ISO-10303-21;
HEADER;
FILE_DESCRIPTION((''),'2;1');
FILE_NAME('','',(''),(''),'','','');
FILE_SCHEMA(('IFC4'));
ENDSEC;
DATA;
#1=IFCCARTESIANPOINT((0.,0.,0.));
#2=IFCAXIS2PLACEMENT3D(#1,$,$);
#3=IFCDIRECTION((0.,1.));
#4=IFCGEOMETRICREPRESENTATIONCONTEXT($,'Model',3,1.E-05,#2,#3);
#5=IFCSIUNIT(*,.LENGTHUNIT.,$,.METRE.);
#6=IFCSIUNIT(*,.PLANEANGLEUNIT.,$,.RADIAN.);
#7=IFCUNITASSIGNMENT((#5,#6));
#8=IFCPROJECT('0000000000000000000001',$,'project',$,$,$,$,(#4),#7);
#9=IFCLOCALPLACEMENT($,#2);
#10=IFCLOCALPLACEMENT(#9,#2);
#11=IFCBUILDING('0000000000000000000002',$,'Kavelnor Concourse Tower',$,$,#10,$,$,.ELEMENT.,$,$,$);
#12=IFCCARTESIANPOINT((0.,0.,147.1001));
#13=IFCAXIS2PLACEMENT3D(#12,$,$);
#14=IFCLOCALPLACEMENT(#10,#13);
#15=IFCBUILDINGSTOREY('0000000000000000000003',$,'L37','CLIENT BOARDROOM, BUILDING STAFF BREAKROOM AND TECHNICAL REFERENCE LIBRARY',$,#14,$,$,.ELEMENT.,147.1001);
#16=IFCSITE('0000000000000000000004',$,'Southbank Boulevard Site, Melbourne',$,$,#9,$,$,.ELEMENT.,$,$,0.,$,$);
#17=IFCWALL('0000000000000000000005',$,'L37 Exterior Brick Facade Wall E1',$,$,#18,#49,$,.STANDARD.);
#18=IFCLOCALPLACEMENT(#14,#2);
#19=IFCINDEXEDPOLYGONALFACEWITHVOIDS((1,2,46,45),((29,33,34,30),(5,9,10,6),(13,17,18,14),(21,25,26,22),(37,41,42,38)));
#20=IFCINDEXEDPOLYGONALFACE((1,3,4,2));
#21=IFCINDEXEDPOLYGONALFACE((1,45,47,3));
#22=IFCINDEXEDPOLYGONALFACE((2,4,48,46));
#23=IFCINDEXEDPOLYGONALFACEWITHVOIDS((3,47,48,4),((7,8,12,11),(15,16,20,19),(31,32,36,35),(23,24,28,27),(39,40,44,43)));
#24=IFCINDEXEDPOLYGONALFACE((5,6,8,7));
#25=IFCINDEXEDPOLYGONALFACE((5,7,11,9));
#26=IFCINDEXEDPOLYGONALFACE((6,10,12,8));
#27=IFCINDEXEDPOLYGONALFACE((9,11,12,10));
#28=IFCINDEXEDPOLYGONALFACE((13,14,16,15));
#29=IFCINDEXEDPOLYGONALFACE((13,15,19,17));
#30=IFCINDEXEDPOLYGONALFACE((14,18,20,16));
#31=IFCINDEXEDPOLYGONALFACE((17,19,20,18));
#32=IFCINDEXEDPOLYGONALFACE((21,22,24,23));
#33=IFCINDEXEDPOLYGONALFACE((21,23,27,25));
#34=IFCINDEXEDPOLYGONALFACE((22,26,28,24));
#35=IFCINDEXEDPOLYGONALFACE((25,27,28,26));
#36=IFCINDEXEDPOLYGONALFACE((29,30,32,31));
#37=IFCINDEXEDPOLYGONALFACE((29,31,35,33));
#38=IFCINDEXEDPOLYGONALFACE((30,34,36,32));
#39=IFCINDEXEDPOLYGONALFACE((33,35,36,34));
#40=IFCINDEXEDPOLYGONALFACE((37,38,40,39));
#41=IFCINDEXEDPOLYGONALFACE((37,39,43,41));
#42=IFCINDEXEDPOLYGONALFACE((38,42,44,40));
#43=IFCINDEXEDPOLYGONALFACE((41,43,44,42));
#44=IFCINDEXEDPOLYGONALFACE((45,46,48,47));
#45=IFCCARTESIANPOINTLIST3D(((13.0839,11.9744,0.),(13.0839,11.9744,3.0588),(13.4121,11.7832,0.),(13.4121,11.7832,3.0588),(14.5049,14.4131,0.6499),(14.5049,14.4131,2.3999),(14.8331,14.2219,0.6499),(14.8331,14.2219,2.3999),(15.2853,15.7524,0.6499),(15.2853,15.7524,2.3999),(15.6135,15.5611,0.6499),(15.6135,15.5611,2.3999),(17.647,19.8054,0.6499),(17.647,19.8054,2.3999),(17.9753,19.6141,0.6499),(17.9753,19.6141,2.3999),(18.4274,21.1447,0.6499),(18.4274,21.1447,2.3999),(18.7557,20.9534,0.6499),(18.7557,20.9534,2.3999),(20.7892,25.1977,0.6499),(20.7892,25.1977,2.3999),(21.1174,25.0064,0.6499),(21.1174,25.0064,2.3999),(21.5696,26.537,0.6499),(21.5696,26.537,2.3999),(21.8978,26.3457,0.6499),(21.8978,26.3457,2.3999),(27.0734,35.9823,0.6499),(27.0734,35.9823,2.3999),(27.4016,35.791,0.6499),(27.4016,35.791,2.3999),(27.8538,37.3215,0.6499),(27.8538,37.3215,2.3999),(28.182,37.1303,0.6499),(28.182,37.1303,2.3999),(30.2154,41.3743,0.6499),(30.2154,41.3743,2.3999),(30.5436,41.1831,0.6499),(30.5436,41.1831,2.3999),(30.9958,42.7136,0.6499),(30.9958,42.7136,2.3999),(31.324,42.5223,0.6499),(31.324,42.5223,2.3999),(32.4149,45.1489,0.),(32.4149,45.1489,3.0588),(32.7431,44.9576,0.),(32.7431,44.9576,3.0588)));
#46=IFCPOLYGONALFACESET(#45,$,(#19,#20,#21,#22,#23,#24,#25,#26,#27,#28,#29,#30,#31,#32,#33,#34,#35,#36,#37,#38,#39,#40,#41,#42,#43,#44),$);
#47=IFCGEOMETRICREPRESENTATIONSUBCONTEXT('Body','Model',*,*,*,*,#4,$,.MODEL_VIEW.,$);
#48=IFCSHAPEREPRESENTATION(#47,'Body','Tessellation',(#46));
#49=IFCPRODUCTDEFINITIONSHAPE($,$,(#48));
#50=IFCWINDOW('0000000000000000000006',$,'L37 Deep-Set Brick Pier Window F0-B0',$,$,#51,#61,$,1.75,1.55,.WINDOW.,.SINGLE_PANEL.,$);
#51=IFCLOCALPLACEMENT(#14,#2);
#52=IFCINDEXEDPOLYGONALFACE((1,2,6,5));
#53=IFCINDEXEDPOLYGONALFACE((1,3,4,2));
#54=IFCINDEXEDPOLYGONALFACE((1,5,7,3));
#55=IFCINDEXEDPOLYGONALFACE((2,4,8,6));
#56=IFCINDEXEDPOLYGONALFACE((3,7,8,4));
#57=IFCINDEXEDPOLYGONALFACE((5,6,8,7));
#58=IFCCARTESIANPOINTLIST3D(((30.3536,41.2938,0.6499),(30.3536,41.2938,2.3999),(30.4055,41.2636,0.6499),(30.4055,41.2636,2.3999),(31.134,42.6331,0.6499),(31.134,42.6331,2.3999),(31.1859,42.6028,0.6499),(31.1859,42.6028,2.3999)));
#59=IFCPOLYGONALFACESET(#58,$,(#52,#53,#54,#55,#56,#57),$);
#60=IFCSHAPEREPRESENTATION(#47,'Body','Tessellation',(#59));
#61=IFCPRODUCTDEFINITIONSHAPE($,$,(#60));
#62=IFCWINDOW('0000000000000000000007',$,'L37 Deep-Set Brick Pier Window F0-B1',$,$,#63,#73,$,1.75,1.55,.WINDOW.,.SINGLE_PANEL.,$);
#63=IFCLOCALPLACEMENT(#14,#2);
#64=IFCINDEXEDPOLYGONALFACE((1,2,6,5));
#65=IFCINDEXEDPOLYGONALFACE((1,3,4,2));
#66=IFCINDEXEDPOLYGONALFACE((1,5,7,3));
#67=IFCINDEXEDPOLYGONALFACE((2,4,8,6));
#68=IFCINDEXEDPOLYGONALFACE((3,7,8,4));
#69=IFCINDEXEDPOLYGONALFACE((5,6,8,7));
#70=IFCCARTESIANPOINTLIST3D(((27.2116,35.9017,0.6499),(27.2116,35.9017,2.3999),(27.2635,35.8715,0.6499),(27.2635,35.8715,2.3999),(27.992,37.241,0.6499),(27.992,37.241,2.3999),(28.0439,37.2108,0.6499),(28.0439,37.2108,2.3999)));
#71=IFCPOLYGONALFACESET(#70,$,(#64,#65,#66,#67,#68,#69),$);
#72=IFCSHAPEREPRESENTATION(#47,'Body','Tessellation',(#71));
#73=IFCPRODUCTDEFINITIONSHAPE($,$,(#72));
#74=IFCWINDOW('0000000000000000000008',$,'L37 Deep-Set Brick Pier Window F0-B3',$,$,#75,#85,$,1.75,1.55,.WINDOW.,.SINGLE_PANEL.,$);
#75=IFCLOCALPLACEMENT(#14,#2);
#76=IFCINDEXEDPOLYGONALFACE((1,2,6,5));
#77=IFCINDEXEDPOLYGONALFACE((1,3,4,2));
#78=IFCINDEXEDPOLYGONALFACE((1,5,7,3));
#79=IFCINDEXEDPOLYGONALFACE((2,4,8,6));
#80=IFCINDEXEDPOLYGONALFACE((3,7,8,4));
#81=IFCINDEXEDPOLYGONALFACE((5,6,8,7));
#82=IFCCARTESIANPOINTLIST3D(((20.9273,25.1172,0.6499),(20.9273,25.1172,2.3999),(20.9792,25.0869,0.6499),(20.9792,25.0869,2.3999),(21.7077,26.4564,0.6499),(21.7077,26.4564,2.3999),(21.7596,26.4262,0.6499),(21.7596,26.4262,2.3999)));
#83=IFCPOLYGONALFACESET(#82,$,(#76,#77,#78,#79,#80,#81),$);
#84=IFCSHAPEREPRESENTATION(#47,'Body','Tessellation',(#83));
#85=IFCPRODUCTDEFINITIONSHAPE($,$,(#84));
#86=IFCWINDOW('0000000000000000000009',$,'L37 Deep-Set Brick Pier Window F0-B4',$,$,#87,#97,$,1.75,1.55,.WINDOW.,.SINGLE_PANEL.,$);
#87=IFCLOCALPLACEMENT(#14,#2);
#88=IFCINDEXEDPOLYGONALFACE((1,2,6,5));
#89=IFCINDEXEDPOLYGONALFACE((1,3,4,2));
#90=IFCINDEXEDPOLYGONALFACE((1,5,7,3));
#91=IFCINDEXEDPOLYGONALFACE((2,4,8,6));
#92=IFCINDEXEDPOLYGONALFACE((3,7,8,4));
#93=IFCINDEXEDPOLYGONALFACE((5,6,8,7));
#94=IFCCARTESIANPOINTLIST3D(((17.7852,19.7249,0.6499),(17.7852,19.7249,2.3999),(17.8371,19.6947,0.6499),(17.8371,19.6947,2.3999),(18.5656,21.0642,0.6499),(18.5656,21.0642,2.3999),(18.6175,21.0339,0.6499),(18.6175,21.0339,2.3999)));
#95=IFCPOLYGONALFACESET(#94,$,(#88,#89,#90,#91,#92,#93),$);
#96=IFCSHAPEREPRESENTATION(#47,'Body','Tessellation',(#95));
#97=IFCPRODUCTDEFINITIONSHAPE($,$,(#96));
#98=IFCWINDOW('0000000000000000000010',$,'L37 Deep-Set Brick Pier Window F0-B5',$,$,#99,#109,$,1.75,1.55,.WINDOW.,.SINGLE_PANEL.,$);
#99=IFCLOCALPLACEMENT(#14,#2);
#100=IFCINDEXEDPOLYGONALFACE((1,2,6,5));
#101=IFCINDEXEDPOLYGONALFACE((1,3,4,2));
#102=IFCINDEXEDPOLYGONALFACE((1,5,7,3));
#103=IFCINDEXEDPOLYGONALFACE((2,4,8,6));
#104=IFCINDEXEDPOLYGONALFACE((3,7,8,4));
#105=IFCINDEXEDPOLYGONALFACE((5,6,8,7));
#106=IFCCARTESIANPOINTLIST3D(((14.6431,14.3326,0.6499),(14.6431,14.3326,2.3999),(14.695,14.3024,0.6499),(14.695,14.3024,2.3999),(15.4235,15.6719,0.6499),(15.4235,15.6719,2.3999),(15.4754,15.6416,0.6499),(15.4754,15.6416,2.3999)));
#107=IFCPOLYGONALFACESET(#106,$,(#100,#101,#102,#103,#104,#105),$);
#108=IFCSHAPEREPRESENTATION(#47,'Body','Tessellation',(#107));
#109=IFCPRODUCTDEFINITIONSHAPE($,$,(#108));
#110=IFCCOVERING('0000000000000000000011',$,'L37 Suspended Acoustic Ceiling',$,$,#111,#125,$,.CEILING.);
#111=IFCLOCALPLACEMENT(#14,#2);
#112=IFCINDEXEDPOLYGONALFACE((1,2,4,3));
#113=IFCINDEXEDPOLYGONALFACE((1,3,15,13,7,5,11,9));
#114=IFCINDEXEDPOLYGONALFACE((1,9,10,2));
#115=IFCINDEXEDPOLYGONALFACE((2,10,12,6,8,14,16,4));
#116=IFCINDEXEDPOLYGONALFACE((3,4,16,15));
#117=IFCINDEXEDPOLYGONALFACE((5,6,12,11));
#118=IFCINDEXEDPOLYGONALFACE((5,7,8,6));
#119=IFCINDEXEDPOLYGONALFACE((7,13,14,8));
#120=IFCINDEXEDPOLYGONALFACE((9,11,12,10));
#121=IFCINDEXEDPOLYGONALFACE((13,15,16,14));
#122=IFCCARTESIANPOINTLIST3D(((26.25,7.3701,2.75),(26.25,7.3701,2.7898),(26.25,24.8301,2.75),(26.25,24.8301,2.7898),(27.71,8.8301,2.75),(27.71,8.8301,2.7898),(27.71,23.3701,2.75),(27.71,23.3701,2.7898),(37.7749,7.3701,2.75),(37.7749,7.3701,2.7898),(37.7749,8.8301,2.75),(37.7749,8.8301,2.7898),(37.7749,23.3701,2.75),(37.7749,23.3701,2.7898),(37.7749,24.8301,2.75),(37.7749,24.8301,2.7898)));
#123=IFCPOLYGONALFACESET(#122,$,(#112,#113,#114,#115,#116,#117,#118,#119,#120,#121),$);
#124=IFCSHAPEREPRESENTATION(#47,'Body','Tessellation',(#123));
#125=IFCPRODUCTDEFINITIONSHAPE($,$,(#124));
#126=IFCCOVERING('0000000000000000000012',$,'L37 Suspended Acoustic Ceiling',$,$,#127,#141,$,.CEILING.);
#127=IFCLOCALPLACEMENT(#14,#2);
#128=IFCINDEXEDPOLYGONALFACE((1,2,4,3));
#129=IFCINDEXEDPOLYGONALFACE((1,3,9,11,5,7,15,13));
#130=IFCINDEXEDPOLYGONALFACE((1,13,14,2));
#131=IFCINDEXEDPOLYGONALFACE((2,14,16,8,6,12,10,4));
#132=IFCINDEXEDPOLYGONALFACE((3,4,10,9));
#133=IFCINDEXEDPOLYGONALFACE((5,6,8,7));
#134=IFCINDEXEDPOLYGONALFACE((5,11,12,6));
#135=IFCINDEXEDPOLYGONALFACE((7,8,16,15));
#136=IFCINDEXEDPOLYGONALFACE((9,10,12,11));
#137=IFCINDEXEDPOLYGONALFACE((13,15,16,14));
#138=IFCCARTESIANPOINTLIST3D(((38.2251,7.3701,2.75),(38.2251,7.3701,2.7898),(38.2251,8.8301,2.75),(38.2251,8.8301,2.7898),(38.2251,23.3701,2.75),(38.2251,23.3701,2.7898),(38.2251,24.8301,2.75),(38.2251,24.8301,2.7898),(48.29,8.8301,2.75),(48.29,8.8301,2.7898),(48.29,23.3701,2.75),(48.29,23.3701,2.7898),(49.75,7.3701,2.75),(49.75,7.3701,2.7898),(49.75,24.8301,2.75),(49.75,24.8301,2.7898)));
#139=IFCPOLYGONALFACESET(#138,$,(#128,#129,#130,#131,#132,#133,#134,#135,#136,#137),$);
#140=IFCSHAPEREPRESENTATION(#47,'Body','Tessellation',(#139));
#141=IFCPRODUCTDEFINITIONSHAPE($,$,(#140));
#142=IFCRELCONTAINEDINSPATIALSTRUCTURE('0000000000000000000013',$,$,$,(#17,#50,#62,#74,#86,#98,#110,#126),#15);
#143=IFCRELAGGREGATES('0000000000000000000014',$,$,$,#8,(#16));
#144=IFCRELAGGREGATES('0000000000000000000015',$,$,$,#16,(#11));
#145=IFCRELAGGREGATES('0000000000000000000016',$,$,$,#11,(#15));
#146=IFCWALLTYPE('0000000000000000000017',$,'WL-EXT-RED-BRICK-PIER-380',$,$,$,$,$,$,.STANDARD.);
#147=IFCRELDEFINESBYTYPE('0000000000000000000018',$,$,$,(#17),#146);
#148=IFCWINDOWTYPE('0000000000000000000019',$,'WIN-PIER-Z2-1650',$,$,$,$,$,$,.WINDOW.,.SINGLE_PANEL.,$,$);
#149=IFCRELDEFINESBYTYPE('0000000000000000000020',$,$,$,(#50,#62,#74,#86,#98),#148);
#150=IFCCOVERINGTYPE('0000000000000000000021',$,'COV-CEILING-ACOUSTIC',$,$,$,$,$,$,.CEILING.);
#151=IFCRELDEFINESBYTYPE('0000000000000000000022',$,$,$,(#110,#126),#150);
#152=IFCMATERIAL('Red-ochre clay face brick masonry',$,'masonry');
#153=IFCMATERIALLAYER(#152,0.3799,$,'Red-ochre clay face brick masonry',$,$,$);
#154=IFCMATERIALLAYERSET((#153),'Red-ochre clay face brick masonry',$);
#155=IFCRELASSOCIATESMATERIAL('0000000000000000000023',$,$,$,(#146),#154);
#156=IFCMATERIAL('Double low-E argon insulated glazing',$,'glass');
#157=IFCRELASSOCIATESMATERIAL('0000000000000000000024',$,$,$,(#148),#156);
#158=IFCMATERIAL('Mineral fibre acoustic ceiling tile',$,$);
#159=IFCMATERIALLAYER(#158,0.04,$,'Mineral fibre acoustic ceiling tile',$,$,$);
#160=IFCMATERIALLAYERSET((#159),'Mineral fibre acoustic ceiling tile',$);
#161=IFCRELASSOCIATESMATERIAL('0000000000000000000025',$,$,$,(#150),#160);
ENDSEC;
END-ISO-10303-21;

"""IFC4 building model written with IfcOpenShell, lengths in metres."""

from ifc_helpers import new_model, si_unit, direction, frame, frame_2d, origin, place, context, subcontext, project, spatial, polyline, rectangle, outline, extrude, material, layer, layer_set, type_object, element, fill, save


model = new_model("IFC4")

# Units and contexts
model_context = context("Model", 3, precision=1e-05, world=origin(), true_north=direction((0.0, 1.0)))
body_context = subcontext(model_context, "Body", "Model", "MODEL_VIEW")
ifc_project = project(units=[si_unit("LENGTHUNIT", "METRE"), si_unit("PLANEANGLEUNIT", "RADIAN")], contexts=[model_context])

# Site, building, storey
site_placement = place(None, origin())
site = spatial("IfcSite", under=ifc_project, at=site_placement, Name="Southbank Boulevard Site, Melbourne", CompositionType="ELEMENT", RefElevation=0.0)
building_placement = place(site_placement, origin())
building = spatial("IfcBuilding", under=site, at=building_placement, Name="Kavelnor Concourse Tower", CompositionType="ELEMENT")
storey_placement = place(building_placement, frame((0.0, 0.0, 147.1001)))
storey = spatial("IfcBuildingStorey", under=building, at=storey_placement, Name="L37", Description="CLIENT BOARDROOM, BUILDING STAFF BREAKROOM AND TECHNICAL REFERENCE LIBRARY", CompositionType="ELEMENT", Elevation=147.1001)

# Wall, openings, windows
ifc_material_1 = material(Name="Red-ochre clay face brick masonry", Category="masonry")
ifc_layer_1 = layer(ifc_material_1, 0.3799, Name="Red-ochre clay face brick masonry")
ifc_layer_set_1 = layer_set([ifc_layer_1], Name="Red-ochre clay face brick masonry")
wall_type = type_object("IfcWallType", Name="WL-EXT-RED-BRICK-PIER-380", PredefinedType="STANDARD", material=ifc_layer_set_1)
wall_placement = place(storey_placement, frame((13.248, 11.8789, 0.0), z_axis=(0.0, 0.0, 1.0), x_axis=(0.503467, 0.864014, 0.0)))
wall = element("IfcWall", 1, at=wall_placement, inside=storey, type_object=wall_type, Name="L37 Exterior Brick Facade Wall E1", PredefinedType="STANDARD", context=body_context, shape_type="SweptSolid", body=[
    extrude(rectangle(XDim=38.3958, YDim=0.3799, at=frame_2d((19.1978, 0.0))), origin(), (0.0, 0.0, 1.0), 3.0588),
])
opening_1_placement = place(wall_placement, frame((34.0271, 0.0, 0.6499)))
opening_1 = element("IfcOpeningElement", 2, at=opening_1_placement, cuts=wall, PredefinedType="OPENING", context=body_context, shape_type="SweptSolid", body=[
    extrude(rectangle(XDim=1.55, YDim=1.75, at=frame_2d((0.7749, 0.875))), frame((0.0, 0.2, 0.0), z_axis=(0.0, -1.0, 0.0), x_axis=(1.0, 0.0, 0.0)), (0.0, 0.0, 1.0), 0.3999),
])
opening_2_placement = place(wall_placement, frame((27.7864, 0.0, 0.6499)))
opening_2 = element("IfcOpeningElement", 3, at=opening_2_placement, cuts=wall, PredefinedType="OPENING", context=body_context, shape_type="SweptSolid", body=[
    extrude(rectangle(XDim=1.55, YDim=1.75, at=frame_2d((0.7749, 0.875))), frame((0.0, 0.2, 0.0), z_axis=(0.0, -1.0, 0.0), x_axis=(1.0, 0.0, 0.0)), (0.0, 0.0, 1.0), 0.3999),
])
opening_3_placement = place(wall_placement, frame((15.3044, 0.0, 0.6499)))
opening_3 = element("IfcOpeningElement", 4, at=opening_3_placement, cuts=wall, PredefinedType="OPENING", context=body_context, shape_type="SweptSolid", body=[
    extrude(rectangle(XDim=1.55, YDim=1.75, at=frame_2d((0.7749, 0.875))), frame((0.0, 0.2, 0.0), z_axis=(0.0, -1.0, 0.0), x_axis=(1.0, 0.0, 0.0)), (0.0, 0.0, 1.0), 0.3999),
])
opening_4_placement = place(wall_placement, frame((9.0635, 0.0, 0.6499)))
opening_4 = element("IfcOpeningElement", 5, at=opening_4_placement, cuts=wall, PredefinedType="OPENING", context=body_context, shape_type="SweptSolid", body=[
    extrude(rectangle(XDim=1.55, YDim=1.75, at=frame_2d((0.7749, 0.875))), frame((0.0, 0.2, 0.0), z_axis=(0.0, -1.0, 0.0), x_axis=(1.0, 0.0, 0.0)), (0.0, 0.0, 1.0), 0.3999),
])
opening_5_placement = place(wall_placement, frame((2.8225, 0.0, 0.6499)))
opening_5 = element("IfcOpeningElement", 6, at=opening_5_placement, cuts=wall, PredefinedType="OPENING", context=body_context, shape_type="SweptSolid", body=[
    extrude(rectangle(XDim=1.55, YDim=1.75, at=frame_2d((0.7749, 0.875))), frame((0.0, 0.2, 0.0), z_axis=(0.0, -1.0, 0.0), x_axis=(1.0, 0.0, 0.0)), (0.0, 0.0, 1.0), 0.3999),
])
ifc_material_2 = material(Name="Double low-E argon insulated glazing", Category="glass")
window_type = type_object("IfcWindowType", Name="WIN-PIER-Z2-1650", PartitioningType="SINGLE_PANEL", PredefinedType="WINDOW", material=ifc_material_2)
window_1_placement = place(opening_1_placement, origin())
window_1 = element("IfcWindow", 7, at=window_1_placement, inside=storey, type_object=window_type, Name="L37 Deep-Set Brick Pier Window F0-B0", OverallHeight=1.75, OverallWidth=1.55, PartitioningType="SINGLE_PANEL", PredefinedType="WINDOW", context=body_context, shape_type="SweptSolid", body=[
    extrude(rectangle(XDim=1.55, YDim=1.75, at=frame_2d((0.7749, 0.875))), frame((0.0, 0.03, 0.0), z_axis=(0.0, -1.0, 0.0), x_axis=(1.0, 0.0, 0.0)), (0.0, 0.0, 1.0), 0.0601),
])
fill(opening_1, window_1)
window_2_placement = place(opening_2_placement, origin())
window_2 = element("IfcWindow", 8, at=window_2_placement, inside=storey, type_object=window_type, Name="L37 Deep-Set Brick Pier Window F0-B1", OverallHeight=1.75, OverallWidth=1.55, PartitioningType="SINGLE_PANEL", PredefinedType="WINDOW", context=body_context, shape_type="SweptSolid", body=[
    extrude(rectangle(XDim=1.55, YDim=1.75, at=frame_2d((0.7749, 0.875))), frame((0.0, 0.03, 0.0), z_axis=(0.0, -1.0, 0.0), x_axis=(1.0, 0.0, 0.0)), (0.0, 0.0, 1.0), 0.0601),
])
fill(opening_2, window_2)
window_3_placement = place(opening_3_placement, origin())
window_3 = element("IfcWindow", 9, at=window_3_placement, inside=storey, type_object=window_type, Name="L37 Deep-Set Brick Pier Window F0-B3", OverallHeight=1.75, OverallWidth=1.55, PartitioningType="SINGLE_PANEL", PredefinedType="WINDOW", context=body_context, shape_type="SweptSolid", body=[
    extrude(rectangle(XDim=1.55, YDim=1.75, at=frame_2d((0.7749, 0.875))), frame((0.0, 0.03, 0.0), z_axis=(0.0, -1.0, 0.0), x_axis=(1.0, 0.0, 0.0)), (0.0, 0.0, 1.0), 0.0601),
])
fill(opening_3, window_3)
window_4_placement = place(opening_4_placement, origin())
window_4 = element("IfcWindow", 10, at=window_4_placement, inside=storey, type_object=window_type, Name="L37 Deep-Set Brick Pier Window F0-B4", OverallHeight=1.75, OverallWidth=1.55, PartitioningType="SINGLE_PANEL", PredefinedType="WINDOW", context=body_context, shape_type="SweptSolid", body=[
    extrude(rectangle(XDim=1.55, YDim=1.75, at=frame_2d((0.7749, 0.875))), frame((0.0, 0.03, 0.0), z_axis=(0.0, -1.0, 0.0), x_axis=(1.0, 0.0, 0.0)), (0.0, 0.0, 1.0), 0.0601),
])
fill(opening_4, window_4)
window_5_placement = place(opening_5_placement, origin())
window_5 = element("IfcWindow", 11, at=window_5_placement, inside=storey, type_object=window_type, Name="L37 Deep-Set Brick Pier Window F0-B5", OverallHeight=1.75, OverallWidth=1.55, PartitioningType="SINGLE_PANEL", PredefinedType="WINDOW", context=body_context, shape_type="SweptSolid", body=[
    extrude(rectangle(XDim=1.55, YDim=1.75, at=frame_2d((0.7749, 0.875))), frame((0.0, 0.03, 0.0), z_axis=(0.0, -1.0, 0.0), x_axis=(1.0, 0.0, 0.0)), (0.0, 0.0, 1.0), 0.0601),
])
fill(opening_5, window_5)

# Coverings
ifc_material_3 = material(Name="Mineral fibre acoustic ceiling tile")
ifc_layer_2 = layer(ifc_material_3, 0.04, Name="Mineral fibre acoustic ceiling tile")
ifc_layer_set_2 = layer_set([ifc_layer_2], Name="Mineral fibre acoustic ceiling tile")
covering_type_1 = type_object("IfcCoveringType", Name="COV-CEILING-ACOUSTIC", PredefinedType="CEILING", material=ifc_layer_set_2)
covering_1_placement = place(storey_placement, frame((0.0, 0.0, 2.75)))
element("IfcCovering", 12, at=covering_1_placement, inside=storey, type_object=covering_type_1, Name="L37 Suspended Acoustic Ceiling", PredefinedType="CEILING", context=body_context, shape_type="SweptSolid", body=[
    extrude(outline(polyline([(26.25, 7.3701), (26.25, 24.8301), (37.7749, 24.8301), (37.7749, 23.3701), (27.71, 23.3701), (27.71, 8.8301), (37.7749, 8.8301), (37.7749, 7.3701), (26.25, 7.3701)])), origin(), (0.0, 0.0, 1.0), 0.0398),
])
covering_2_placement = place(storey_placement, frame((0.0, 0.0, 2.75)))
element("IfcCovering", 13, at=covering_2_placement, inside=storey, type_object=covering_type_1, Name="L37 Suspended Acoustic Ceiling", PredefinedType="CEILING", context=body_context, shape_type="SweptSolid", body=[
    extrude(outline(polyline([(49.75, 7.3701), (38.2251, 7.3701), (38.2251, 8.8301), (48.29, 8.8301), (48.29, 23.3701), (38.2251, 23.3701), (38.2251, 24.8301), (49.75, 24.8301), (49.75, 7.3701)])), origin(), (0.0, 0.0, 1.0), 0.0398),
])

save(model, "model.ifc")
